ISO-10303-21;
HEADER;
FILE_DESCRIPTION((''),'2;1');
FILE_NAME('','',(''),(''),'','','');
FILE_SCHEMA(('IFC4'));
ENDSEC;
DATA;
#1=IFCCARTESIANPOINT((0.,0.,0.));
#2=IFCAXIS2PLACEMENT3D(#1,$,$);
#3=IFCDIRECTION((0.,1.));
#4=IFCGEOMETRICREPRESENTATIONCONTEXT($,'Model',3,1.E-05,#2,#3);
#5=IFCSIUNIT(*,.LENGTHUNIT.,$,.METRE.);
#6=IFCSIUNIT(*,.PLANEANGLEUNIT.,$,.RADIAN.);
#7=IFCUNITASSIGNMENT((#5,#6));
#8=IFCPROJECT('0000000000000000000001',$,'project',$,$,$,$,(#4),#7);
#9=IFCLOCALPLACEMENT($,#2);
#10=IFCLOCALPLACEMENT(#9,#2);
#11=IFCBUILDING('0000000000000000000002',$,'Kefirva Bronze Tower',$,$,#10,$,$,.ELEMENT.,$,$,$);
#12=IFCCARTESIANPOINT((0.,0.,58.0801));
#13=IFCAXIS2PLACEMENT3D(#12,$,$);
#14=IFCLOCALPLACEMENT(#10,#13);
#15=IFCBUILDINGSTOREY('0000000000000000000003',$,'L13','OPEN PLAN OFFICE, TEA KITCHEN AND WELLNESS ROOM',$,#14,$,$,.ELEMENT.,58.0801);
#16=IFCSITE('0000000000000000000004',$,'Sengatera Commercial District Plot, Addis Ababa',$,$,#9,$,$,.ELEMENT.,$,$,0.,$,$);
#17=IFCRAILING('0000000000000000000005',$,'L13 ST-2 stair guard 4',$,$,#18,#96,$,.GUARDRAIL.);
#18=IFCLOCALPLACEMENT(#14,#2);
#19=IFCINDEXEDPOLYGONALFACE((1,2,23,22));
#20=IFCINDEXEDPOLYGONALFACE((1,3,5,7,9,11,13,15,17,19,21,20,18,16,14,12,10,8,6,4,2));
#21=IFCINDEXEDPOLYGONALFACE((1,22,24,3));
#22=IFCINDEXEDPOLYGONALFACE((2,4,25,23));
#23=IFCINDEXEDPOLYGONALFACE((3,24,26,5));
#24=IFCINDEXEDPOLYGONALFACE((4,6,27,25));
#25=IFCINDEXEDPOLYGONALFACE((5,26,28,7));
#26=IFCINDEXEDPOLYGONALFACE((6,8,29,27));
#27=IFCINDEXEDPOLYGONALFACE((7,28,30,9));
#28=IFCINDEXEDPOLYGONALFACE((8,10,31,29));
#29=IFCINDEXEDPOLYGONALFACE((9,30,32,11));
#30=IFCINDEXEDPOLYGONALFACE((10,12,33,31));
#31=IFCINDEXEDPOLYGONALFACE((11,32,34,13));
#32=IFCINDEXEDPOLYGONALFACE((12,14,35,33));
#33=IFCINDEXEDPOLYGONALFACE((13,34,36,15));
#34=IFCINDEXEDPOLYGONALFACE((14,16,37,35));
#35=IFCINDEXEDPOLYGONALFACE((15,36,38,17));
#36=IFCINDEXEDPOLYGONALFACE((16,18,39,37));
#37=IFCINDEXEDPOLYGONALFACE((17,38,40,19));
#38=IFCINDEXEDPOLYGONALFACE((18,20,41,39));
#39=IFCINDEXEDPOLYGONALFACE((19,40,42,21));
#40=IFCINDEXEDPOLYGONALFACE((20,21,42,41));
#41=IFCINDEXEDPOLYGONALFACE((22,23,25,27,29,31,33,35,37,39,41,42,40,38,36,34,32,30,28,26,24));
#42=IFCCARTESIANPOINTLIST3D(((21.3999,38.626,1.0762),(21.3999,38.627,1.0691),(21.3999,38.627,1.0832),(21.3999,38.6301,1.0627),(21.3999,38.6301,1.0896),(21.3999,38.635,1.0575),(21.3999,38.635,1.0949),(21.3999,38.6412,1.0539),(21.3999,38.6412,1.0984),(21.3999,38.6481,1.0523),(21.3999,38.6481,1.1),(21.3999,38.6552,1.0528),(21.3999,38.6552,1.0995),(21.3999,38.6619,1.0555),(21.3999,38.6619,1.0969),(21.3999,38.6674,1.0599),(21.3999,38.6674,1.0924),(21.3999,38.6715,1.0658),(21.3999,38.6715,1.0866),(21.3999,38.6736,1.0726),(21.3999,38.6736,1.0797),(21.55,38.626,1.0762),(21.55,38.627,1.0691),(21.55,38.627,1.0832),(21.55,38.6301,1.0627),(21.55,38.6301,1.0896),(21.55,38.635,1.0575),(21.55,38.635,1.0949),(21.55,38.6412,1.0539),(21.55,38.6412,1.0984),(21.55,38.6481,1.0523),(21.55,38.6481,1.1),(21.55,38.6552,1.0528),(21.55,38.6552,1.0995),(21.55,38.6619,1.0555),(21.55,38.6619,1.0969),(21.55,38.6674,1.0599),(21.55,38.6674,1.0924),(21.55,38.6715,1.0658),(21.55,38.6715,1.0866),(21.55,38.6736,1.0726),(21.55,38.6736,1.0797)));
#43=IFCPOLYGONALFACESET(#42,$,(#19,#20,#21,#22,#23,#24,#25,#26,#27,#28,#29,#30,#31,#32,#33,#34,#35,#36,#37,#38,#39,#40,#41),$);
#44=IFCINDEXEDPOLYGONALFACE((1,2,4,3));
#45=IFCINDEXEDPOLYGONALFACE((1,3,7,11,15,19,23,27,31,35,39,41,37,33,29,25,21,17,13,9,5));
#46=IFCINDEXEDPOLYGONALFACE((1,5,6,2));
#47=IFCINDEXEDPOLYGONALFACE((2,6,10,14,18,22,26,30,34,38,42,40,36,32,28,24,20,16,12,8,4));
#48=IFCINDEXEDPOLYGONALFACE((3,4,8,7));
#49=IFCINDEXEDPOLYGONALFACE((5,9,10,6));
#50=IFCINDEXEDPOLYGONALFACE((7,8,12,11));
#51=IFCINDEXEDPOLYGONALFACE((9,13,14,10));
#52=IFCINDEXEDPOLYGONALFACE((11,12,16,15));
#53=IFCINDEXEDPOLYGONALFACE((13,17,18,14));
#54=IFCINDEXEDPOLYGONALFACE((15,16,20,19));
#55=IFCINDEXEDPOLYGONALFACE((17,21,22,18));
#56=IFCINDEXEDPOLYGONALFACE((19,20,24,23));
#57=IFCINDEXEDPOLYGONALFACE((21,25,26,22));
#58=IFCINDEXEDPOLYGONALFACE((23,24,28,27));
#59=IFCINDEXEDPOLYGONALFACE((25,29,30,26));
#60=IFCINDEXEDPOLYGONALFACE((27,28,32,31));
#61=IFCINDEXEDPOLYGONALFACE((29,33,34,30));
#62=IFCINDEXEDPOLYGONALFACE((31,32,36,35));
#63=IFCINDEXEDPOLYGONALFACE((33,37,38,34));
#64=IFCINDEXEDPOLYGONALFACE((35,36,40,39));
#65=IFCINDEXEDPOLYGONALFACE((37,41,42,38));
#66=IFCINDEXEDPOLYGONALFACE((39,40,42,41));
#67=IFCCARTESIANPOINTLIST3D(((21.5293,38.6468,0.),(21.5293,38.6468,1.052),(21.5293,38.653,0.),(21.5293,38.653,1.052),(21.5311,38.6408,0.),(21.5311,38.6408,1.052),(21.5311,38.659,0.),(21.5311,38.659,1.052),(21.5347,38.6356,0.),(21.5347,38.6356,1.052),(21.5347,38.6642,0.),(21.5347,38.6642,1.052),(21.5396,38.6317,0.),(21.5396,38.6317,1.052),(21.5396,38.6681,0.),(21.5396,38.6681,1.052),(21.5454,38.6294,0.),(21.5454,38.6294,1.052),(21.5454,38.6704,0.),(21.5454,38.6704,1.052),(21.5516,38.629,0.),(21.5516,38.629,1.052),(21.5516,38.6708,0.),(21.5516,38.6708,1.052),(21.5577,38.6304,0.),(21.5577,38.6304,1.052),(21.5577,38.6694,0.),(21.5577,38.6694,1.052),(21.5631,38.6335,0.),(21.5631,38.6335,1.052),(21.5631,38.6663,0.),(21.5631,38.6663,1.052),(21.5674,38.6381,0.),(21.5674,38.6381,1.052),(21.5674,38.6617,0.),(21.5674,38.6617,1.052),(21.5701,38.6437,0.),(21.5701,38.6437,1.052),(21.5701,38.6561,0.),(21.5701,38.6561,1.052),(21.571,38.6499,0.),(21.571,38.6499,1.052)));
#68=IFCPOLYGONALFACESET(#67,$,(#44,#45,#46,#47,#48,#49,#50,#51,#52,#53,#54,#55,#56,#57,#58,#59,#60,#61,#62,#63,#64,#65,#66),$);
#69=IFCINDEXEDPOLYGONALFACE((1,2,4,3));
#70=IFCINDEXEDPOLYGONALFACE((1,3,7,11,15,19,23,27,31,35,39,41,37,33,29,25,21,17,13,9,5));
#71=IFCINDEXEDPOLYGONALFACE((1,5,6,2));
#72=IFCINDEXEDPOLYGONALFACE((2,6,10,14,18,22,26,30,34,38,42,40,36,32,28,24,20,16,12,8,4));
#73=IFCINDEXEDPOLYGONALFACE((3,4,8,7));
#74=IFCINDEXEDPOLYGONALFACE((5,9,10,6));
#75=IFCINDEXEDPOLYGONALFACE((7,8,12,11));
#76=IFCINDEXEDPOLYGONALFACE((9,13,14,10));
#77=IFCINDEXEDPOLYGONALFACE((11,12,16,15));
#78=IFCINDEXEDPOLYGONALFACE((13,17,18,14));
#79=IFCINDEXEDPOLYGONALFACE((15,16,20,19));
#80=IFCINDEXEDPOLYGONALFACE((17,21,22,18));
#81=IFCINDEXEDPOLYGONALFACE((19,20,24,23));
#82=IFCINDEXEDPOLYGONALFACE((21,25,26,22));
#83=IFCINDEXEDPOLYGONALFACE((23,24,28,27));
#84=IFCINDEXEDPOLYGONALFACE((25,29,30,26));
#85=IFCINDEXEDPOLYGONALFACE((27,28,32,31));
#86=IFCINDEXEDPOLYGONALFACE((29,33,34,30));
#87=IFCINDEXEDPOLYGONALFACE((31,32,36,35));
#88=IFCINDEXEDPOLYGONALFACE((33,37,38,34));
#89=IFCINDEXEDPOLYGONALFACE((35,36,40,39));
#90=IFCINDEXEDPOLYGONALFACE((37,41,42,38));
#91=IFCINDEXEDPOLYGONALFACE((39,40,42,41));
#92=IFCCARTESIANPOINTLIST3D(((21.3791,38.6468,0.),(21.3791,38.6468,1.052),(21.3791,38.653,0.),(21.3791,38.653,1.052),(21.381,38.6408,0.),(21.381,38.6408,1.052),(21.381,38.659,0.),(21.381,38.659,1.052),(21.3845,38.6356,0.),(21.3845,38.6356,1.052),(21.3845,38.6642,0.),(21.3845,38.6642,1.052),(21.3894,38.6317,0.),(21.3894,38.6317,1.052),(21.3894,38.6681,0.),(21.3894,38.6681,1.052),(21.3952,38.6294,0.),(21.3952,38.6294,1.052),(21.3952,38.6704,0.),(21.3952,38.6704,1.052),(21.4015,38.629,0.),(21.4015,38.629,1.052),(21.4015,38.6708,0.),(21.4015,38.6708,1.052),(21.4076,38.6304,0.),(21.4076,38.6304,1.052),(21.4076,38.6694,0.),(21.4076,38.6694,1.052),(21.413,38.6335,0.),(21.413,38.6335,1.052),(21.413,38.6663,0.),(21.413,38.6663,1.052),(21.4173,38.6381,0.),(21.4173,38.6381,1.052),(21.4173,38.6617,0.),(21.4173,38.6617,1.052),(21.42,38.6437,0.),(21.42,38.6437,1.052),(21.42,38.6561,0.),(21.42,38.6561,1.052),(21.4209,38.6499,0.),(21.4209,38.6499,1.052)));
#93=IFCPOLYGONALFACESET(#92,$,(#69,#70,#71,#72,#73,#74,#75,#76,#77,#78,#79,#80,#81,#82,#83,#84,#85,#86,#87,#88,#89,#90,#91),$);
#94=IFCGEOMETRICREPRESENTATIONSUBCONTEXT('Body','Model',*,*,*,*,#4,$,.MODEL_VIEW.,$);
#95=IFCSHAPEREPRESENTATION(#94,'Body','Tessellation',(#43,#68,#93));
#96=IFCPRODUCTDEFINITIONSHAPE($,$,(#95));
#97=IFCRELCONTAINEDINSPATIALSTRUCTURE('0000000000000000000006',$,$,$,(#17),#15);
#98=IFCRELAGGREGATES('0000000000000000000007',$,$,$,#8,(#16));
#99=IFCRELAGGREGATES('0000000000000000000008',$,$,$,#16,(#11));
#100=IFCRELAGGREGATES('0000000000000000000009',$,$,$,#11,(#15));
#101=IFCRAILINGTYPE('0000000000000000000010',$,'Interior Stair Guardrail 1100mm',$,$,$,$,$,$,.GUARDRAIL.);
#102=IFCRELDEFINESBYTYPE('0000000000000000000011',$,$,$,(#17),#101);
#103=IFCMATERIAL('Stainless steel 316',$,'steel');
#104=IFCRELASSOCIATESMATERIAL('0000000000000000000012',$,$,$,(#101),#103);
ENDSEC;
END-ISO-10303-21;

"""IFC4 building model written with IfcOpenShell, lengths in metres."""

from ifc_helpers import new_model, si_unit, direction, frame, origin, origin_2d, place, context, subcontext, project, spatial, circle, extrude, material, type_object, element, save


model = new_model("IFC4")

# Units and contexts
model_context = context("Model", 3, precision=1e-05, world=origin(), true_north=direction((0.0, 1.0)))
body_context = subcontext(model_context, "Body", "Model", "MODEL_VIEW")
ifc_project = project(units=[si_unit("LENGTHUNIT", "METRE"), si_unit("PLANEANGLEUNIT", "RADIAN")], contexts=[model_context])

# Site, building, storey
site_placement = place(None, origin())
site = spatial("IfcSite", under=ifc_project, at=site_placement, Name="Sengatera Commercial District Plot, Addis Ababa", CompositionType="ELEMENT", RefElevation=0.0)
building_placement = place(site_placement, origin())
building = spatial("IfcBuilding", under=site, at=building_placement, Name="Kefirva Bronze Tower", CompositionType="ELEMENT")
storey_placement = place(building_placement, frame((0.0, 0.0, 58.0801)))
storey = spatial("IfcBuildingStorey", under=building, at=storey_placement, Name="L13", Description="OPEN PLAN OFFICE, TEA KITCHEN AND WELLNESS ROOM", CompositionType="ELEMENT", Elevation=58.0801)

# Railing
ifc_material_1 = material(Name="Stainless steel 316", Category="steel")
railing_type_1 = type_object("IfcRailingType", Name="Interior Stair Guardrail 1100mm", PredefinedType="GUARDRAIL", material=ifc_material_1)
railing_1_placement = place(storey_placement, frame((21.55, 38.6499, 0.0)))
element("IfcRailing", 1, at=railing_1_placement, inside=storey, type_object=railing_type_1, Name="L13 ST-2 stair guard 4", PredefinedType="GUARDRAIL", context=body_context, shape_type="SweptSolid", body=[
    extrude(circle(Radius=0.0239, at=origin_2d()), frame((0.0, 0.0, 1.0762), z_axis=(-1.0, 0.0, 0.0), x_axis=(0.0, -1.0, 0.0)), (0.0, 0.0, 1.0), 0.1501),
    extrude(circle(Radius=0.021, at=origin_2d()), origin(), (0.0, 0.0, 1.0), 1.052),
    extrude(circle(Radius=0.021, at=origin_2d()), frame((-0.1501, 0.0, 0.0)), (0.0, 0.0, 1.0), 1.052),
])

save(model, "model.ifc")
